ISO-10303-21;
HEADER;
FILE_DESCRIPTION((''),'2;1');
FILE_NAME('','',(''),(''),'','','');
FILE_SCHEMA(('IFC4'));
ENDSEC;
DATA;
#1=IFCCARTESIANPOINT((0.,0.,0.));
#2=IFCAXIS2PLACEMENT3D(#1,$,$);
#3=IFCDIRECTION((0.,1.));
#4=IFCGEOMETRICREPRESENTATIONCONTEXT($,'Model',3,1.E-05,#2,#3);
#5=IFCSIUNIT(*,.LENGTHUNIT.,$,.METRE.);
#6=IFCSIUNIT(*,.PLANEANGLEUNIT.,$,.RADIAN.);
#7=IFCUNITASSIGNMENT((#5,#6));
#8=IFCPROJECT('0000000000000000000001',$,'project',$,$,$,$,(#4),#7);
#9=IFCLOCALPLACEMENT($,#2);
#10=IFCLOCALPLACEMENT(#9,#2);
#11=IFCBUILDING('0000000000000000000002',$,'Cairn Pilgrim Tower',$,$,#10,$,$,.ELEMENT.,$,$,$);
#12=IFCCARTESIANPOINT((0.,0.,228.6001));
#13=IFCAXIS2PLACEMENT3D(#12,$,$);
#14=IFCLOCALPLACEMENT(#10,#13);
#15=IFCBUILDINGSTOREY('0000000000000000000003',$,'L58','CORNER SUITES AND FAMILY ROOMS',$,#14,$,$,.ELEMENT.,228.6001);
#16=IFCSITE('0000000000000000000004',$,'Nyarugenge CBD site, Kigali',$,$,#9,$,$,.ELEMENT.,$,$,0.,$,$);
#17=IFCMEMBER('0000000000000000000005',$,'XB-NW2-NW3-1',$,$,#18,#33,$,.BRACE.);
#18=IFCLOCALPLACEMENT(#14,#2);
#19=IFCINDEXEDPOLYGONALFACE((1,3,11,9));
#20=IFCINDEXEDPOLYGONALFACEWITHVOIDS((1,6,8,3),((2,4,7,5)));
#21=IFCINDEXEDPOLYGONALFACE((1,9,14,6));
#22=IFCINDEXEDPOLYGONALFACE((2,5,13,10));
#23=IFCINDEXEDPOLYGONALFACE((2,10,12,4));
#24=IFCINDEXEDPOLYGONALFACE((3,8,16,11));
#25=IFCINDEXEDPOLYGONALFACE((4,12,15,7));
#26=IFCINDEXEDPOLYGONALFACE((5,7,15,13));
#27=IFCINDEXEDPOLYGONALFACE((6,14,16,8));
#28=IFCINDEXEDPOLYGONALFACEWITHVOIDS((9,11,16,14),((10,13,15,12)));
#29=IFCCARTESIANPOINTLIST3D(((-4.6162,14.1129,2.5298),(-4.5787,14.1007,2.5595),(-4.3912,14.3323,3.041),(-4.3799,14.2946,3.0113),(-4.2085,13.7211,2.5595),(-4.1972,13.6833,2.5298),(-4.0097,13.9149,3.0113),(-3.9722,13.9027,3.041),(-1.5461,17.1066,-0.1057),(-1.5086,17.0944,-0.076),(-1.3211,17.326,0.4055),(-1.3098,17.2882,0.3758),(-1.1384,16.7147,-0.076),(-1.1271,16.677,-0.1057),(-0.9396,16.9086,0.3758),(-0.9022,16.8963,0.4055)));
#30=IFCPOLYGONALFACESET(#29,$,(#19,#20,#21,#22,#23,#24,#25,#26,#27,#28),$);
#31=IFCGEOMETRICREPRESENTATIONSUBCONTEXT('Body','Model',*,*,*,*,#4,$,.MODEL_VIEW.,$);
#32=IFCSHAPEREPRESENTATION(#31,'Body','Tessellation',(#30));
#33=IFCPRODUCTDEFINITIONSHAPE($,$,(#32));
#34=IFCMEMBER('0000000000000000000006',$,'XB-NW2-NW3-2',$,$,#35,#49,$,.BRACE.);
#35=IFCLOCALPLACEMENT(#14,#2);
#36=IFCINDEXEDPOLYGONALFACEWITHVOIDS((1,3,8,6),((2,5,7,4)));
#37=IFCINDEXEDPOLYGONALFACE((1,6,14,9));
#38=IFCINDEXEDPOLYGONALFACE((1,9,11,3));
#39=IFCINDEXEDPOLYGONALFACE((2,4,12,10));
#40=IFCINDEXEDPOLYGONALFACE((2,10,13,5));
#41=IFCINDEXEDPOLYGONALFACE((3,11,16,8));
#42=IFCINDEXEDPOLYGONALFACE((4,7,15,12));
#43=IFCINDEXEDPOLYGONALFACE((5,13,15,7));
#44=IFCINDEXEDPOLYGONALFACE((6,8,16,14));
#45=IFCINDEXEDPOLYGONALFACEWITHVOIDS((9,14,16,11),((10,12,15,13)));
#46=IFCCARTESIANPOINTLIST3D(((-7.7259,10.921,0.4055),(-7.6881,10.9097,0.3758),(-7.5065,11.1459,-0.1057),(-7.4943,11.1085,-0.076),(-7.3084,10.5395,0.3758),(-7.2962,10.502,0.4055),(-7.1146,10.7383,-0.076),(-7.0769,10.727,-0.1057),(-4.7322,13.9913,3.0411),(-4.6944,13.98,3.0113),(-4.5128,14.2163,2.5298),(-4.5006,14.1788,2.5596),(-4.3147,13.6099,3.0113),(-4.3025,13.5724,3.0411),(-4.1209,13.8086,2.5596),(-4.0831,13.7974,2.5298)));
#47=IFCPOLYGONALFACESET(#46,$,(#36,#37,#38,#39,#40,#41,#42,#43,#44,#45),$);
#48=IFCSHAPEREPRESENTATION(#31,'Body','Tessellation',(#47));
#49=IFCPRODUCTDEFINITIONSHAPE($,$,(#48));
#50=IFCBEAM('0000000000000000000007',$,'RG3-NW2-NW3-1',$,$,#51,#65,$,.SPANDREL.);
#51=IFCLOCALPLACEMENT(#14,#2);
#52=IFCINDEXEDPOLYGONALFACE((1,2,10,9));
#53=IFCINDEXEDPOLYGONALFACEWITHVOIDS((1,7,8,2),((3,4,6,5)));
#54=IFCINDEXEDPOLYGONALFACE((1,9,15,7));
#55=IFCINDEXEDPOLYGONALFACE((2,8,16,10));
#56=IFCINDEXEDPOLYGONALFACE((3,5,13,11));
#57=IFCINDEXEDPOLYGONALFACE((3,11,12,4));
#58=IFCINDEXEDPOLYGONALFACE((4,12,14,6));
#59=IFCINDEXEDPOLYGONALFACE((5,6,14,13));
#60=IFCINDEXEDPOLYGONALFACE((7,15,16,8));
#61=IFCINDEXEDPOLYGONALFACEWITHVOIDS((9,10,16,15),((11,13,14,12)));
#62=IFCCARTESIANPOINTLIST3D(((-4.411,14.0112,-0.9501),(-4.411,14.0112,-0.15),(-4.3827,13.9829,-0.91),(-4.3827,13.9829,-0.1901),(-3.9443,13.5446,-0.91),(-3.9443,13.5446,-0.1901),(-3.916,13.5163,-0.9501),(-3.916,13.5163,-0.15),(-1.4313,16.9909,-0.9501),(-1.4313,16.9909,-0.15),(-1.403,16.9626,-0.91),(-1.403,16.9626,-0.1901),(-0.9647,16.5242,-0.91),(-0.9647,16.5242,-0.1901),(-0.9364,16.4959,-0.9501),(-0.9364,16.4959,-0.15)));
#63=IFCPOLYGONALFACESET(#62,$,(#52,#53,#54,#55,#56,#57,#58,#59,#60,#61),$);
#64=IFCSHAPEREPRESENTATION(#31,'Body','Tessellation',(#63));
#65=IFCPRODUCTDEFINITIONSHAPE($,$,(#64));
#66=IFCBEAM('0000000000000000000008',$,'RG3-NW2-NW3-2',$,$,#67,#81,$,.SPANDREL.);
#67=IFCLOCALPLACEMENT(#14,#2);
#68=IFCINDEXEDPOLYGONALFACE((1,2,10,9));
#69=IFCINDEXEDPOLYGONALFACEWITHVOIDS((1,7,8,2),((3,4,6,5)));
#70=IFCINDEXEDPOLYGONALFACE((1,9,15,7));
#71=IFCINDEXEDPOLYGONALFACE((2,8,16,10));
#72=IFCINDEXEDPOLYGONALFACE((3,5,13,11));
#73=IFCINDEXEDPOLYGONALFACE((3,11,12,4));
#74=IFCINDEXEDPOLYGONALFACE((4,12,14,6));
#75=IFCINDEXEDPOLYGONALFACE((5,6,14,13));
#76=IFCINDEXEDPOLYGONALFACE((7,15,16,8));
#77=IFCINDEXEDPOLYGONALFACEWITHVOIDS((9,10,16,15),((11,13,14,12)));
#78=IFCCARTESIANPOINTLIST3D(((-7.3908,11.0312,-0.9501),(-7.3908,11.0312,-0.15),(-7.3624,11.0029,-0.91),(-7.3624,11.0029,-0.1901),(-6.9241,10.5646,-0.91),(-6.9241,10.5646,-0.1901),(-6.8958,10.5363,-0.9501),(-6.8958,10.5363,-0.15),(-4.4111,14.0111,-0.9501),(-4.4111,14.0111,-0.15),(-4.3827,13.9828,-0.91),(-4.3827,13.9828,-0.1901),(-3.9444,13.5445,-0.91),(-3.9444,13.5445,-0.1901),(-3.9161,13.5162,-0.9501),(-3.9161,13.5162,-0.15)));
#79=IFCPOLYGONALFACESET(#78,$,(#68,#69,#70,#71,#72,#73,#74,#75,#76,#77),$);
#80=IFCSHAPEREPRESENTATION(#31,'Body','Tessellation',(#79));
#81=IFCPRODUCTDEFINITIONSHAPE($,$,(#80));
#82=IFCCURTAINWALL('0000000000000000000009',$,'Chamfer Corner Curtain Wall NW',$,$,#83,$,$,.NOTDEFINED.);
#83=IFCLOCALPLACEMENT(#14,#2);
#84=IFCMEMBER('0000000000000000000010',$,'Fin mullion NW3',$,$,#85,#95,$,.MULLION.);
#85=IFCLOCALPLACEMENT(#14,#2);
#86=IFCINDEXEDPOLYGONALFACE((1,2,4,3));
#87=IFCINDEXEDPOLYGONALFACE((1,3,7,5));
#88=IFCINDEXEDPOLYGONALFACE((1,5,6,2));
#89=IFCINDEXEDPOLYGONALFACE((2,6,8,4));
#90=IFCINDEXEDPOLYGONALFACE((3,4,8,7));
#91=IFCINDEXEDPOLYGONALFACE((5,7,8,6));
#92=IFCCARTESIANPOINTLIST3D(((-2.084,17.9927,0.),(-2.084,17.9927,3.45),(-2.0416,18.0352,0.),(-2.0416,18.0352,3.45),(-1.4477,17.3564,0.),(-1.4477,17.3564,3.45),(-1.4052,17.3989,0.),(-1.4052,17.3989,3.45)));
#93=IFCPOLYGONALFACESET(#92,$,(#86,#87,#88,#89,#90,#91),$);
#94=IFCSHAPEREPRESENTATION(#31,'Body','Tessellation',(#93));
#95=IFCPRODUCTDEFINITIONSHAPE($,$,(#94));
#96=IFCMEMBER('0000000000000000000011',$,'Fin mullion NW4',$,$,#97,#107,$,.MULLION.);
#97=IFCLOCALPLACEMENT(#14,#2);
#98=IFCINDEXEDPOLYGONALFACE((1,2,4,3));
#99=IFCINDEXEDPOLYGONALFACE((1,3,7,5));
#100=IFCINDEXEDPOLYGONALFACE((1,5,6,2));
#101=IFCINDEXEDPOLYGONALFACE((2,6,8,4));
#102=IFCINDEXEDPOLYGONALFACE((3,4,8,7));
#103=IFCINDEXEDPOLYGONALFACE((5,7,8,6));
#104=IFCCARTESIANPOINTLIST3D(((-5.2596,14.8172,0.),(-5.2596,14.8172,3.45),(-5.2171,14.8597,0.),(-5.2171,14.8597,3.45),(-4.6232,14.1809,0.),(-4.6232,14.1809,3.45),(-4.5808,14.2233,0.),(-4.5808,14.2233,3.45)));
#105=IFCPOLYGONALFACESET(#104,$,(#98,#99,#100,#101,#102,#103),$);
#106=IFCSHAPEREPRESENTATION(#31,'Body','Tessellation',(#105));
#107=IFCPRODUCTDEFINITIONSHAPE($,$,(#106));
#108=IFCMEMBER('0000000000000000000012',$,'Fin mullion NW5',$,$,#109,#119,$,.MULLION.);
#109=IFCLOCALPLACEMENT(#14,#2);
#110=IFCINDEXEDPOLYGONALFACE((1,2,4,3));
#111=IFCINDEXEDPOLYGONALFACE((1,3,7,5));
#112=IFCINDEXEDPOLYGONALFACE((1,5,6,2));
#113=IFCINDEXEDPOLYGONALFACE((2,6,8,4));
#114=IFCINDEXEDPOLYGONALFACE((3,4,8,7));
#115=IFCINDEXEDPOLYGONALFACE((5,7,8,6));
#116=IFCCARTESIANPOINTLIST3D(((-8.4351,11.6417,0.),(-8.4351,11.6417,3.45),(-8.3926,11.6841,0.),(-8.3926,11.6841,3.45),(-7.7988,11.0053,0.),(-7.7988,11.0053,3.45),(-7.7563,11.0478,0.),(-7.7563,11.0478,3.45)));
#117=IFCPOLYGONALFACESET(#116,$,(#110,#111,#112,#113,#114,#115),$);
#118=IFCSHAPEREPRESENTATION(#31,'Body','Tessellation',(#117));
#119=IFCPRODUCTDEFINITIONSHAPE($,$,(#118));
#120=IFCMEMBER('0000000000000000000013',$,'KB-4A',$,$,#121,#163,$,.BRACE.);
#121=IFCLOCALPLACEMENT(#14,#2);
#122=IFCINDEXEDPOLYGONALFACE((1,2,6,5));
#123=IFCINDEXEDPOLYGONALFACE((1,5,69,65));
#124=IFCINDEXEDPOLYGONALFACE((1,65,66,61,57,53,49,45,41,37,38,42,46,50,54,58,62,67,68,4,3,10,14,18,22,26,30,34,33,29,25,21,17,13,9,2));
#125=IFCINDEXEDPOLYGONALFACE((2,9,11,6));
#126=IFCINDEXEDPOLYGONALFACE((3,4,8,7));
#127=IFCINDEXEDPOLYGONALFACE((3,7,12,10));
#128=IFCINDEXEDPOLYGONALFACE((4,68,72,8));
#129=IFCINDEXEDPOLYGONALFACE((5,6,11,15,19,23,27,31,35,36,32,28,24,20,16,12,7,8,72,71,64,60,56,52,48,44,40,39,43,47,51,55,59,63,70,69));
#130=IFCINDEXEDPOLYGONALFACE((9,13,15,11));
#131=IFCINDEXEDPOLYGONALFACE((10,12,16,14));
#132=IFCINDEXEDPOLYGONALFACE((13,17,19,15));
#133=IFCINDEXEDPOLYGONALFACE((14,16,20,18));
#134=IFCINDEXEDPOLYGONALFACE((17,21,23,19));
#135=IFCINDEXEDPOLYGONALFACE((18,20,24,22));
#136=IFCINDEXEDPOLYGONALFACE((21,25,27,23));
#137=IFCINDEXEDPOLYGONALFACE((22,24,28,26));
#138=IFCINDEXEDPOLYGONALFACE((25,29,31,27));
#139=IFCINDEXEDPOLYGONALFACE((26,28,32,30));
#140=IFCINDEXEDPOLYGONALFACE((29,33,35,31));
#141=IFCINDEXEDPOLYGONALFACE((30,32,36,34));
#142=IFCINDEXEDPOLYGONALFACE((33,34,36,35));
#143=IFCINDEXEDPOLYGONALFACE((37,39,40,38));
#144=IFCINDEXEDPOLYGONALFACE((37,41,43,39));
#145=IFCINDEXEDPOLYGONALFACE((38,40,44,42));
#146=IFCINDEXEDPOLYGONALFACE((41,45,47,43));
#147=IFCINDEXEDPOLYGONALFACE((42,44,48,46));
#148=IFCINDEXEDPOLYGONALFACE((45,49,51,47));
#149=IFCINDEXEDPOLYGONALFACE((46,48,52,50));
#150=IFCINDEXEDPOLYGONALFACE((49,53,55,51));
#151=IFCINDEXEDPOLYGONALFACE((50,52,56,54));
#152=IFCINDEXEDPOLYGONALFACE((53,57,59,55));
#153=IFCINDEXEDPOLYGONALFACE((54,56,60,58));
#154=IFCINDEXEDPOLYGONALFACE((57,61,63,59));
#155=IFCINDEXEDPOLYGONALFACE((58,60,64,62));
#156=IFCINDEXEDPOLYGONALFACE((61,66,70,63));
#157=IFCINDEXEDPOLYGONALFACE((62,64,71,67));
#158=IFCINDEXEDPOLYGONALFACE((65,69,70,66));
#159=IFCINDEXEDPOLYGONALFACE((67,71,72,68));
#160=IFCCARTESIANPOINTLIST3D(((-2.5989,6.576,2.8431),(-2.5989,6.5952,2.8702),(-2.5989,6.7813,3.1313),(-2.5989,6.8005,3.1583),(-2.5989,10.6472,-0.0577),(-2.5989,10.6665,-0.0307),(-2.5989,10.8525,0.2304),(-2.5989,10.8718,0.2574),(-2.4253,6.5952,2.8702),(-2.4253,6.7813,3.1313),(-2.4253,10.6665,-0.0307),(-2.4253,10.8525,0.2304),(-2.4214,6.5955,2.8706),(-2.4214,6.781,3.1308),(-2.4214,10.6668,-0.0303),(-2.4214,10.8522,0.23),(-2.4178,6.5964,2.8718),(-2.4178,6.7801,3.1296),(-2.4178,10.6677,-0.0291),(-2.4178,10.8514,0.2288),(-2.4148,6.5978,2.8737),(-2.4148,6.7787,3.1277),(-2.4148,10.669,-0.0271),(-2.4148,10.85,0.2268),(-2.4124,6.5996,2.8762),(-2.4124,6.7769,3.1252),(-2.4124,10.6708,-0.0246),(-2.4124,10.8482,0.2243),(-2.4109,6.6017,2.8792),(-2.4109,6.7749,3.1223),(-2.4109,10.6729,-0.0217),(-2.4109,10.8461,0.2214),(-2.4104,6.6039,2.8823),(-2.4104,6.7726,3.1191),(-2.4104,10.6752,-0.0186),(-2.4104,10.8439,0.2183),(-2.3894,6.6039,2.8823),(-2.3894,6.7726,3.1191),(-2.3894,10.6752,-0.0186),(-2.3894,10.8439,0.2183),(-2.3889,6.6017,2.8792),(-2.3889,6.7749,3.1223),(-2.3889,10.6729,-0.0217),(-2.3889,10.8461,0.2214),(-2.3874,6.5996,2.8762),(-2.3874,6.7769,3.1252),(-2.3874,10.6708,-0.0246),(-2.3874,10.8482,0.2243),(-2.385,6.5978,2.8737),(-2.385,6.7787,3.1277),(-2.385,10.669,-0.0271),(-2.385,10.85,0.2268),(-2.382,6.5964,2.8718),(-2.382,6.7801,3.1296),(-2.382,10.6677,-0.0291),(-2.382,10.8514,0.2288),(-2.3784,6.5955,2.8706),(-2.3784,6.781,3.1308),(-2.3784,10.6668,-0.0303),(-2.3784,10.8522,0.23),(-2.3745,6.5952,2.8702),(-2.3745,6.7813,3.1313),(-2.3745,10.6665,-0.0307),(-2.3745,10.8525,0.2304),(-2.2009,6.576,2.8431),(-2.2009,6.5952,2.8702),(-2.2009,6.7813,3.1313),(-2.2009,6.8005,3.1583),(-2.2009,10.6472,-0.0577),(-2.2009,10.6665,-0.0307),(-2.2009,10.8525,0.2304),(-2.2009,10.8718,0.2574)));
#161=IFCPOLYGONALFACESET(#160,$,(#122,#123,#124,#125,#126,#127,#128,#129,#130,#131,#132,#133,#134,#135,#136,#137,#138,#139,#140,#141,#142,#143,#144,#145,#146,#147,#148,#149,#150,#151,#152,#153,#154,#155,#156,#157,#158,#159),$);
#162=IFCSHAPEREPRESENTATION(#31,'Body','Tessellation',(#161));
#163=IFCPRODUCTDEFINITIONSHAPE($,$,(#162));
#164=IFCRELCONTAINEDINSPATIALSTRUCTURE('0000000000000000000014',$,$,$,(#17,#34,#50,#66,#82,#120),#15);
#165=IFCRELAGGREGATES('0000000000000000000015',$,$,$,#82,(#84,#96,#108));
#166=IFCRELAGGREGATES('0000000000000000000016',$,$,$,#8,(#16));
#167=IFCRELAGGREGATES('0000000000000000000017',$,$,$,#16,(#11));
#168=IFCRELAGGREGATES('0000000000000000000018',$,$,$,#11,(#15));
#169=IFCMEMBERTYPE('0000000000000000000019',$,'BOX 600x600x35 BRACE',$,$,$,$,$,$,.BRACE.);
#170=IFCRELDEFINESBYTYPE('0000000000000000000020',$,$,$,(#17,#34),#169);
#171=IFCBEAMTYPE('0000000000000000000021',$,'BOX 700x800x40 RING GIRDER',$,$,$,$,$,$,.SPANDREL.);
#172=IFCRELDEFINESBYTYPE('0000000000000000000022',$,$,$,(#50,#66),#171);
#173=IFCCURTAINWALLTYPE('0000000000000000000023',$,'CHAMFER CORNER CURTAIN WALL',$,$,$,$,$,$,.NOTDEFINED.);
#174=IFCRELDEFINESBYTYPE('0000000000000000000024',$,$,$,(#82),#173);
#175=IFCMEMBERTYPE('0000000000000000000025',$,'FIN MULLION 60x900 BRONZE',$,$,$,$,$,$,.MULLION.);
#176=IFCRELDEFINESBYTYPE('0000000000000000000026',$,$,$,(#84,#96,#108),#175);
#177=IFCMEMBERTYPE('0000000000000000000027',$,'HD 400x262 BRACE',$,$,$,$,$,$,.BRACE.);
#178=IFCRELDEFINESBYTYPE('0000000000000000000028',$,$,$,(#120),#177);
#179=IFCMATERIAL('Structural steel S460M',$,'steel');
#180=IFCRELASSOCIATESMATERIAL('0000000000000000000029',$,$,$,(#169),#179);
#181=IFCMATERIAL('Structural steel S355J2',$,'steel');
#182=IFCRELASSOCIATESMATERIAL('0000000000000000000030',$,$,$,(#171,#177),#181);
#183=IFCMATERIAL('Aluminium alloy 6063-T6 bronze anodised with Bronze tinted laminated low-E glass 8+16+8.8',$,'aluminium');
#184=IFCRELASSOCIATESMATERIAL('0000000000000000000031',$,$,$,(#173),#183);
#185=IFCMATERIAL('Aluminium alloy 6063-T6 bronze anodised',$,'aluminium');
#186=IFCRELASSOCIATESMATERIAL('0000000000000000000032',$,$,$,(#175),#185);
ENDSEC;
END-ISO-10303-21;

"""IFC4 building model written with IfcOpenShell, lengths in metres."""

from ifc_helpers import new_model, si_unit, direction, frame, origin, origin_2d, place, context, subcontext, project, spatial, rectangle, hollow_rectangle, i_section, extrude, material, material_profile, profile_set, type_object, element, aggregate, save


model = new_model("IFC4")

# Units and contexts
model_context = context("Model", 3, precision=1e-05, world=origin(), true_north=direction((0.0, 1.0)))
body_context = subcontext(model_context, "Body", "Model", "MODEL_VIEW")
ifc_project = project(units=[si_unit("LENGTHUNIT", "METRE"), si_unit("PLANEANGLEUNIT", "RADIAN")], contexts=[model_context])

# Site, building, storey
site_placement = place(None, origin())
site = spatial("IfcSite", under=ifc_project, at=site_placement, Name="Nyarugenge CBD site, Kigali", CompositionType="ELEMENT", RefElevation=0.0)
building_placement = place(site_placement, origin())
building = spatial("IfcBuilding", under=site, at=building_placement, Name="Cairn Pilgrim Tower", CompositionType="ELEMENT")
storey_placement = place(building_placement, frame((0.0, 0.0, 228.6001)))
storey = spatial("IfcBuildingStorey", under=building, at=storey_placement, Name="L58", Description="CORNER SUITES AND FAMILY ROOMS", CompositionType="ELEMENT", Elevation=228.6001)

# Shared definitions
ifc_material_1 = material(Name="Structural steel S355J2", Category="steel")
ifc_material_2 = material(Name="Structural steel S460M", Category="steel")

# Members
ifc_material_profile_1 = material_profile(ifc_material_2, hollow_rectangle(XDim=0.6001, YDim=0.6001, WallThickness=0.0349, at=origin_2d()), Name="BOX 600x600x35")
ifc_profile_set_1 = profile_set([ifc_material_profile_1], Name="Structural steel S460M")
member_type_1 = type_object("IfcMemberType", Name="BOX 600x600x35 BRACE", PredefinedType="BRACE", material=ifc_profile_set_1)
member_1_placement = place(storey_placement, frame((-1.2241, 17.0015, 0.1499), z_axis=(-0.609963, -0.594781, 0.523623), x_axis=(0.69814, -0.715961, 0.0)))
element("IfcMember", 1, at=member_1_placement, inside=storey, type_object=member_type_1, Name="XB-NW2-NW3-1", PredefinedType="BRACE", context=body_context, shape_type="SweptSolid", body=[
    extrude(hollow_rectangle(XDim=0.6001, YDim=0.6001, WallThickness=0.0349, at=origin_2d()), origin(), (0.0, 0.0, 1.0), 5.0332),
])
member_2_placement = place(storey_placement, frame((-7.4014, 10.824, 0.1499), z_axis=(0.594763, 0.609994, 0.523607), x_axis=(-0.715989, 0.698112, 0.0)))
element("IfcMember", 2, at=member_2_placement, inside=storey, type_object=member_type_1, Name="XB-NW2-NW3-2", PredefinedType="BRACE", context=body_context, shape_type="SweptSolid", body=[
    extrude(hollow_rectangle(XDim=0.6001, YDim=0.6001, WallThickness=0.0349, at=origin_2d()), origin(), (0.0, 0.0, 1.0), 5.0334),
])

# Beams
ifc_material_profile_2 = material_profile(ifc_material_1, hollow_rectangle(XDim=0.7, YDim=0.8, WallThickness=0.04, at=origin_2d()), Name="BOX 700x800x40")
ifc_profile_set_2 = profile_set([ifc_material_profile_2], Name="Structural steel S355J2")
beam_type_1 = type_object("IfcBeamType", Name="BOX 700x800x40 RING GIRDER", PredefinedType="SPANDREL", material=ifc_profile_set_2)
beam_1_placement = place(storey_placement, frame((-1.1838, 16.7434, -0.55), z_axis=(-0.707107, -0.707107, 0.0), x_axis=(0.707107, -0.707107, 0.0)))
element("IfcBeam", 3, at=beam_1_placement, inside=storey, type_object=beam_type_1, Name="RG3-NW2-NW3-1", PredefinedType="SPANDREL", context=body_context, shape_type="SweptSolid", body=[
    extrude(hollow_rectangle(XDim=0.7, YDim=0.8, WallThickness=0.04, at=origin_2d()), origin(), (0.0, 0.0, 1.0), 4.2139),
])
beam_2_placement = place(storey_placement, frame((-4.1636, 13.7637, -0.55), z_axis=(-0.707078, -0.707136, 0.0), x_axis=(0.707136, -0.707078, 0.0)))
element("IfcBeam", 4, at=beam_2_placement, inside=storey, type_object=beam_type_1, Name="RG3-NW2-NW3-2", PredefinedType="SPANDREL", context=body_context, shape_type="SweptSolid", body=[
    extrude(hollow_rectangle(XDim=0.7, YDim=0.8, WallThickness=0.04, at=origin_2d()), origin(), (0.0, 0.0, 1.0), 4.2141),
])

# Curtain wall, members
ifc_material_3 = material(Name="Aluminium alloy 6063-T6 bronze anodised with Bronze tinted laminated low-E glass 8+16+8.8", Category="aluminium")
curtain_wall_type = type_object("IfcCurtainWallType", Name="CHAMFER CORNER CURTAIN WALL", PredefinedType="NOTDEFINED", material=ifc_material_3)
curtain_wall_placement = place(storey_placement, origin())
curtain_wall = element("IfcCurtainWall", 5, at=curtain_wall_placement, inside=storey, type_object=curtain_wall_type, Name="Chamfer Corner Curtain Wall NW", PredefinedType="NOTDEFINED")
ifc_material_4 = material(Name="Aluminium alloy 6063-T6 bronze anodised", Category="aluminium")
ifc_material_profile_3 = material_profile(ifc_material_4, rectangle(XDim=0.8999, YDim=0.0601, at=origin_2d()), Name="FIN MULLION 60x900 BRONZE")
ifc_profile_set_3 = profile_set([ifc_material_profile_3], Name="Aluminium alloy 6063-T6 bronze anodised")
member_type_2 = type_object("IfcMemberType", Name="FIN MULLION 60x900 BRONZE", PredefinedType="MULLION", material=ifc_profile_set_3)
member_3_placement = place(storey_placement, frame((-1.7446, 17.6958, 0.0), z_axis=(0.0, 0.0, 1.0), x_axis=(-0.707107, 0.707107, 0.0)))
member_3 = element("IfcMember", 6, at=member_3_placement, type_object=member_type_2, Name="Fin mullion NW3", PredefinedType="MULLION", context=body_context, shape_type="SweptSolid", body=[
    extrude(rectangle(XDim=0.8999, YDim=0.0601, at=origin_2d()), origin(), (0.0, 0.0, 1.0), 3.45),
])
member_4_placement = place(storey_placement, frame((-4.9202, 14.5203, 0.0), z_axis=(0.0, 0.0, 1.0), x_axis=(-0.707107, 0.707107, 0.0)))
member_4 = element("IfcMember", 7, at=member_4_placement, type_object=member_type_2, Name="Fin mullion NW4", PredefinedType="MULLION", context=body_context, shape_type="SweptSolid", body=[
    extrude(rectangle(XDim=0.8999, YDim=0.0601, at=origin_2d()), origin(), (0.0, 0.0, 1.0), 3.45),
])
member_5_placement = place(storey_placement, frame((-8.0957, 11.3447, 0.0), z_axis=(0.0, 0.0, 1.0), x_axis=(-0.707107, 0.707107, 0.0)))
member_5 = element("IfcMember", 8, at=member_5_placement, type_object=member_type_2, Name="Fin mullion NW5", PredefinedType="MULLION", context=body_context, shape_type="SweptSolid", body=[
    extrude(rectangle(XDim=0.8999, YDim=0.0601, at=origin_2d()), origin(), (0.0, 0.0, 1.0), 3.45),
])

# Member
ifc_material_profile_4 = material_profile(ifc_material_1, i_section(OverallWidth=0.3979, OverallDepth=0.387, WebThickness=0.021, FlangeThickness=0.0332, FilletRadius=0.0149, at=origin_2d()), Name="HD 400x262")
ifc_profile_set_4 = profile_set([ifc_material_profile_4], Name="Structural steel S355J2")
member_type_3 = type_object("IfcMemberType", Name="HD 400x262 BRACE", PredefinedType="BRACE", material=ifc_profile_set_4)
member_6_placement = place(storey_placement, frame((-2.3999, 10.7595, 0.0999), z_axis=(0.0, -0.814413, 0.580286), x_axis=(1.0, 0.0, 0.0)))
element("IfcMember", 9, at=member_6_placement, inside=storey, type_object=member_type_3, Name="KB-4A", PredefinedType="BRACE", context=body_context, shape_type="SweptSolid", body=[
    extrude(i_section(OverallWidth=0.3979, OverallDepth=0.387, WebThickness=0.021, FlangeThickness=0.0332, FilletRadius=0.0149, at=origin_2d()), origin(), (0.0, 0.0, 1.0), 4.999),
])

aggregate(curtain_wall, [member_3, member_4, member_5])

save(model, "model.ifc")
